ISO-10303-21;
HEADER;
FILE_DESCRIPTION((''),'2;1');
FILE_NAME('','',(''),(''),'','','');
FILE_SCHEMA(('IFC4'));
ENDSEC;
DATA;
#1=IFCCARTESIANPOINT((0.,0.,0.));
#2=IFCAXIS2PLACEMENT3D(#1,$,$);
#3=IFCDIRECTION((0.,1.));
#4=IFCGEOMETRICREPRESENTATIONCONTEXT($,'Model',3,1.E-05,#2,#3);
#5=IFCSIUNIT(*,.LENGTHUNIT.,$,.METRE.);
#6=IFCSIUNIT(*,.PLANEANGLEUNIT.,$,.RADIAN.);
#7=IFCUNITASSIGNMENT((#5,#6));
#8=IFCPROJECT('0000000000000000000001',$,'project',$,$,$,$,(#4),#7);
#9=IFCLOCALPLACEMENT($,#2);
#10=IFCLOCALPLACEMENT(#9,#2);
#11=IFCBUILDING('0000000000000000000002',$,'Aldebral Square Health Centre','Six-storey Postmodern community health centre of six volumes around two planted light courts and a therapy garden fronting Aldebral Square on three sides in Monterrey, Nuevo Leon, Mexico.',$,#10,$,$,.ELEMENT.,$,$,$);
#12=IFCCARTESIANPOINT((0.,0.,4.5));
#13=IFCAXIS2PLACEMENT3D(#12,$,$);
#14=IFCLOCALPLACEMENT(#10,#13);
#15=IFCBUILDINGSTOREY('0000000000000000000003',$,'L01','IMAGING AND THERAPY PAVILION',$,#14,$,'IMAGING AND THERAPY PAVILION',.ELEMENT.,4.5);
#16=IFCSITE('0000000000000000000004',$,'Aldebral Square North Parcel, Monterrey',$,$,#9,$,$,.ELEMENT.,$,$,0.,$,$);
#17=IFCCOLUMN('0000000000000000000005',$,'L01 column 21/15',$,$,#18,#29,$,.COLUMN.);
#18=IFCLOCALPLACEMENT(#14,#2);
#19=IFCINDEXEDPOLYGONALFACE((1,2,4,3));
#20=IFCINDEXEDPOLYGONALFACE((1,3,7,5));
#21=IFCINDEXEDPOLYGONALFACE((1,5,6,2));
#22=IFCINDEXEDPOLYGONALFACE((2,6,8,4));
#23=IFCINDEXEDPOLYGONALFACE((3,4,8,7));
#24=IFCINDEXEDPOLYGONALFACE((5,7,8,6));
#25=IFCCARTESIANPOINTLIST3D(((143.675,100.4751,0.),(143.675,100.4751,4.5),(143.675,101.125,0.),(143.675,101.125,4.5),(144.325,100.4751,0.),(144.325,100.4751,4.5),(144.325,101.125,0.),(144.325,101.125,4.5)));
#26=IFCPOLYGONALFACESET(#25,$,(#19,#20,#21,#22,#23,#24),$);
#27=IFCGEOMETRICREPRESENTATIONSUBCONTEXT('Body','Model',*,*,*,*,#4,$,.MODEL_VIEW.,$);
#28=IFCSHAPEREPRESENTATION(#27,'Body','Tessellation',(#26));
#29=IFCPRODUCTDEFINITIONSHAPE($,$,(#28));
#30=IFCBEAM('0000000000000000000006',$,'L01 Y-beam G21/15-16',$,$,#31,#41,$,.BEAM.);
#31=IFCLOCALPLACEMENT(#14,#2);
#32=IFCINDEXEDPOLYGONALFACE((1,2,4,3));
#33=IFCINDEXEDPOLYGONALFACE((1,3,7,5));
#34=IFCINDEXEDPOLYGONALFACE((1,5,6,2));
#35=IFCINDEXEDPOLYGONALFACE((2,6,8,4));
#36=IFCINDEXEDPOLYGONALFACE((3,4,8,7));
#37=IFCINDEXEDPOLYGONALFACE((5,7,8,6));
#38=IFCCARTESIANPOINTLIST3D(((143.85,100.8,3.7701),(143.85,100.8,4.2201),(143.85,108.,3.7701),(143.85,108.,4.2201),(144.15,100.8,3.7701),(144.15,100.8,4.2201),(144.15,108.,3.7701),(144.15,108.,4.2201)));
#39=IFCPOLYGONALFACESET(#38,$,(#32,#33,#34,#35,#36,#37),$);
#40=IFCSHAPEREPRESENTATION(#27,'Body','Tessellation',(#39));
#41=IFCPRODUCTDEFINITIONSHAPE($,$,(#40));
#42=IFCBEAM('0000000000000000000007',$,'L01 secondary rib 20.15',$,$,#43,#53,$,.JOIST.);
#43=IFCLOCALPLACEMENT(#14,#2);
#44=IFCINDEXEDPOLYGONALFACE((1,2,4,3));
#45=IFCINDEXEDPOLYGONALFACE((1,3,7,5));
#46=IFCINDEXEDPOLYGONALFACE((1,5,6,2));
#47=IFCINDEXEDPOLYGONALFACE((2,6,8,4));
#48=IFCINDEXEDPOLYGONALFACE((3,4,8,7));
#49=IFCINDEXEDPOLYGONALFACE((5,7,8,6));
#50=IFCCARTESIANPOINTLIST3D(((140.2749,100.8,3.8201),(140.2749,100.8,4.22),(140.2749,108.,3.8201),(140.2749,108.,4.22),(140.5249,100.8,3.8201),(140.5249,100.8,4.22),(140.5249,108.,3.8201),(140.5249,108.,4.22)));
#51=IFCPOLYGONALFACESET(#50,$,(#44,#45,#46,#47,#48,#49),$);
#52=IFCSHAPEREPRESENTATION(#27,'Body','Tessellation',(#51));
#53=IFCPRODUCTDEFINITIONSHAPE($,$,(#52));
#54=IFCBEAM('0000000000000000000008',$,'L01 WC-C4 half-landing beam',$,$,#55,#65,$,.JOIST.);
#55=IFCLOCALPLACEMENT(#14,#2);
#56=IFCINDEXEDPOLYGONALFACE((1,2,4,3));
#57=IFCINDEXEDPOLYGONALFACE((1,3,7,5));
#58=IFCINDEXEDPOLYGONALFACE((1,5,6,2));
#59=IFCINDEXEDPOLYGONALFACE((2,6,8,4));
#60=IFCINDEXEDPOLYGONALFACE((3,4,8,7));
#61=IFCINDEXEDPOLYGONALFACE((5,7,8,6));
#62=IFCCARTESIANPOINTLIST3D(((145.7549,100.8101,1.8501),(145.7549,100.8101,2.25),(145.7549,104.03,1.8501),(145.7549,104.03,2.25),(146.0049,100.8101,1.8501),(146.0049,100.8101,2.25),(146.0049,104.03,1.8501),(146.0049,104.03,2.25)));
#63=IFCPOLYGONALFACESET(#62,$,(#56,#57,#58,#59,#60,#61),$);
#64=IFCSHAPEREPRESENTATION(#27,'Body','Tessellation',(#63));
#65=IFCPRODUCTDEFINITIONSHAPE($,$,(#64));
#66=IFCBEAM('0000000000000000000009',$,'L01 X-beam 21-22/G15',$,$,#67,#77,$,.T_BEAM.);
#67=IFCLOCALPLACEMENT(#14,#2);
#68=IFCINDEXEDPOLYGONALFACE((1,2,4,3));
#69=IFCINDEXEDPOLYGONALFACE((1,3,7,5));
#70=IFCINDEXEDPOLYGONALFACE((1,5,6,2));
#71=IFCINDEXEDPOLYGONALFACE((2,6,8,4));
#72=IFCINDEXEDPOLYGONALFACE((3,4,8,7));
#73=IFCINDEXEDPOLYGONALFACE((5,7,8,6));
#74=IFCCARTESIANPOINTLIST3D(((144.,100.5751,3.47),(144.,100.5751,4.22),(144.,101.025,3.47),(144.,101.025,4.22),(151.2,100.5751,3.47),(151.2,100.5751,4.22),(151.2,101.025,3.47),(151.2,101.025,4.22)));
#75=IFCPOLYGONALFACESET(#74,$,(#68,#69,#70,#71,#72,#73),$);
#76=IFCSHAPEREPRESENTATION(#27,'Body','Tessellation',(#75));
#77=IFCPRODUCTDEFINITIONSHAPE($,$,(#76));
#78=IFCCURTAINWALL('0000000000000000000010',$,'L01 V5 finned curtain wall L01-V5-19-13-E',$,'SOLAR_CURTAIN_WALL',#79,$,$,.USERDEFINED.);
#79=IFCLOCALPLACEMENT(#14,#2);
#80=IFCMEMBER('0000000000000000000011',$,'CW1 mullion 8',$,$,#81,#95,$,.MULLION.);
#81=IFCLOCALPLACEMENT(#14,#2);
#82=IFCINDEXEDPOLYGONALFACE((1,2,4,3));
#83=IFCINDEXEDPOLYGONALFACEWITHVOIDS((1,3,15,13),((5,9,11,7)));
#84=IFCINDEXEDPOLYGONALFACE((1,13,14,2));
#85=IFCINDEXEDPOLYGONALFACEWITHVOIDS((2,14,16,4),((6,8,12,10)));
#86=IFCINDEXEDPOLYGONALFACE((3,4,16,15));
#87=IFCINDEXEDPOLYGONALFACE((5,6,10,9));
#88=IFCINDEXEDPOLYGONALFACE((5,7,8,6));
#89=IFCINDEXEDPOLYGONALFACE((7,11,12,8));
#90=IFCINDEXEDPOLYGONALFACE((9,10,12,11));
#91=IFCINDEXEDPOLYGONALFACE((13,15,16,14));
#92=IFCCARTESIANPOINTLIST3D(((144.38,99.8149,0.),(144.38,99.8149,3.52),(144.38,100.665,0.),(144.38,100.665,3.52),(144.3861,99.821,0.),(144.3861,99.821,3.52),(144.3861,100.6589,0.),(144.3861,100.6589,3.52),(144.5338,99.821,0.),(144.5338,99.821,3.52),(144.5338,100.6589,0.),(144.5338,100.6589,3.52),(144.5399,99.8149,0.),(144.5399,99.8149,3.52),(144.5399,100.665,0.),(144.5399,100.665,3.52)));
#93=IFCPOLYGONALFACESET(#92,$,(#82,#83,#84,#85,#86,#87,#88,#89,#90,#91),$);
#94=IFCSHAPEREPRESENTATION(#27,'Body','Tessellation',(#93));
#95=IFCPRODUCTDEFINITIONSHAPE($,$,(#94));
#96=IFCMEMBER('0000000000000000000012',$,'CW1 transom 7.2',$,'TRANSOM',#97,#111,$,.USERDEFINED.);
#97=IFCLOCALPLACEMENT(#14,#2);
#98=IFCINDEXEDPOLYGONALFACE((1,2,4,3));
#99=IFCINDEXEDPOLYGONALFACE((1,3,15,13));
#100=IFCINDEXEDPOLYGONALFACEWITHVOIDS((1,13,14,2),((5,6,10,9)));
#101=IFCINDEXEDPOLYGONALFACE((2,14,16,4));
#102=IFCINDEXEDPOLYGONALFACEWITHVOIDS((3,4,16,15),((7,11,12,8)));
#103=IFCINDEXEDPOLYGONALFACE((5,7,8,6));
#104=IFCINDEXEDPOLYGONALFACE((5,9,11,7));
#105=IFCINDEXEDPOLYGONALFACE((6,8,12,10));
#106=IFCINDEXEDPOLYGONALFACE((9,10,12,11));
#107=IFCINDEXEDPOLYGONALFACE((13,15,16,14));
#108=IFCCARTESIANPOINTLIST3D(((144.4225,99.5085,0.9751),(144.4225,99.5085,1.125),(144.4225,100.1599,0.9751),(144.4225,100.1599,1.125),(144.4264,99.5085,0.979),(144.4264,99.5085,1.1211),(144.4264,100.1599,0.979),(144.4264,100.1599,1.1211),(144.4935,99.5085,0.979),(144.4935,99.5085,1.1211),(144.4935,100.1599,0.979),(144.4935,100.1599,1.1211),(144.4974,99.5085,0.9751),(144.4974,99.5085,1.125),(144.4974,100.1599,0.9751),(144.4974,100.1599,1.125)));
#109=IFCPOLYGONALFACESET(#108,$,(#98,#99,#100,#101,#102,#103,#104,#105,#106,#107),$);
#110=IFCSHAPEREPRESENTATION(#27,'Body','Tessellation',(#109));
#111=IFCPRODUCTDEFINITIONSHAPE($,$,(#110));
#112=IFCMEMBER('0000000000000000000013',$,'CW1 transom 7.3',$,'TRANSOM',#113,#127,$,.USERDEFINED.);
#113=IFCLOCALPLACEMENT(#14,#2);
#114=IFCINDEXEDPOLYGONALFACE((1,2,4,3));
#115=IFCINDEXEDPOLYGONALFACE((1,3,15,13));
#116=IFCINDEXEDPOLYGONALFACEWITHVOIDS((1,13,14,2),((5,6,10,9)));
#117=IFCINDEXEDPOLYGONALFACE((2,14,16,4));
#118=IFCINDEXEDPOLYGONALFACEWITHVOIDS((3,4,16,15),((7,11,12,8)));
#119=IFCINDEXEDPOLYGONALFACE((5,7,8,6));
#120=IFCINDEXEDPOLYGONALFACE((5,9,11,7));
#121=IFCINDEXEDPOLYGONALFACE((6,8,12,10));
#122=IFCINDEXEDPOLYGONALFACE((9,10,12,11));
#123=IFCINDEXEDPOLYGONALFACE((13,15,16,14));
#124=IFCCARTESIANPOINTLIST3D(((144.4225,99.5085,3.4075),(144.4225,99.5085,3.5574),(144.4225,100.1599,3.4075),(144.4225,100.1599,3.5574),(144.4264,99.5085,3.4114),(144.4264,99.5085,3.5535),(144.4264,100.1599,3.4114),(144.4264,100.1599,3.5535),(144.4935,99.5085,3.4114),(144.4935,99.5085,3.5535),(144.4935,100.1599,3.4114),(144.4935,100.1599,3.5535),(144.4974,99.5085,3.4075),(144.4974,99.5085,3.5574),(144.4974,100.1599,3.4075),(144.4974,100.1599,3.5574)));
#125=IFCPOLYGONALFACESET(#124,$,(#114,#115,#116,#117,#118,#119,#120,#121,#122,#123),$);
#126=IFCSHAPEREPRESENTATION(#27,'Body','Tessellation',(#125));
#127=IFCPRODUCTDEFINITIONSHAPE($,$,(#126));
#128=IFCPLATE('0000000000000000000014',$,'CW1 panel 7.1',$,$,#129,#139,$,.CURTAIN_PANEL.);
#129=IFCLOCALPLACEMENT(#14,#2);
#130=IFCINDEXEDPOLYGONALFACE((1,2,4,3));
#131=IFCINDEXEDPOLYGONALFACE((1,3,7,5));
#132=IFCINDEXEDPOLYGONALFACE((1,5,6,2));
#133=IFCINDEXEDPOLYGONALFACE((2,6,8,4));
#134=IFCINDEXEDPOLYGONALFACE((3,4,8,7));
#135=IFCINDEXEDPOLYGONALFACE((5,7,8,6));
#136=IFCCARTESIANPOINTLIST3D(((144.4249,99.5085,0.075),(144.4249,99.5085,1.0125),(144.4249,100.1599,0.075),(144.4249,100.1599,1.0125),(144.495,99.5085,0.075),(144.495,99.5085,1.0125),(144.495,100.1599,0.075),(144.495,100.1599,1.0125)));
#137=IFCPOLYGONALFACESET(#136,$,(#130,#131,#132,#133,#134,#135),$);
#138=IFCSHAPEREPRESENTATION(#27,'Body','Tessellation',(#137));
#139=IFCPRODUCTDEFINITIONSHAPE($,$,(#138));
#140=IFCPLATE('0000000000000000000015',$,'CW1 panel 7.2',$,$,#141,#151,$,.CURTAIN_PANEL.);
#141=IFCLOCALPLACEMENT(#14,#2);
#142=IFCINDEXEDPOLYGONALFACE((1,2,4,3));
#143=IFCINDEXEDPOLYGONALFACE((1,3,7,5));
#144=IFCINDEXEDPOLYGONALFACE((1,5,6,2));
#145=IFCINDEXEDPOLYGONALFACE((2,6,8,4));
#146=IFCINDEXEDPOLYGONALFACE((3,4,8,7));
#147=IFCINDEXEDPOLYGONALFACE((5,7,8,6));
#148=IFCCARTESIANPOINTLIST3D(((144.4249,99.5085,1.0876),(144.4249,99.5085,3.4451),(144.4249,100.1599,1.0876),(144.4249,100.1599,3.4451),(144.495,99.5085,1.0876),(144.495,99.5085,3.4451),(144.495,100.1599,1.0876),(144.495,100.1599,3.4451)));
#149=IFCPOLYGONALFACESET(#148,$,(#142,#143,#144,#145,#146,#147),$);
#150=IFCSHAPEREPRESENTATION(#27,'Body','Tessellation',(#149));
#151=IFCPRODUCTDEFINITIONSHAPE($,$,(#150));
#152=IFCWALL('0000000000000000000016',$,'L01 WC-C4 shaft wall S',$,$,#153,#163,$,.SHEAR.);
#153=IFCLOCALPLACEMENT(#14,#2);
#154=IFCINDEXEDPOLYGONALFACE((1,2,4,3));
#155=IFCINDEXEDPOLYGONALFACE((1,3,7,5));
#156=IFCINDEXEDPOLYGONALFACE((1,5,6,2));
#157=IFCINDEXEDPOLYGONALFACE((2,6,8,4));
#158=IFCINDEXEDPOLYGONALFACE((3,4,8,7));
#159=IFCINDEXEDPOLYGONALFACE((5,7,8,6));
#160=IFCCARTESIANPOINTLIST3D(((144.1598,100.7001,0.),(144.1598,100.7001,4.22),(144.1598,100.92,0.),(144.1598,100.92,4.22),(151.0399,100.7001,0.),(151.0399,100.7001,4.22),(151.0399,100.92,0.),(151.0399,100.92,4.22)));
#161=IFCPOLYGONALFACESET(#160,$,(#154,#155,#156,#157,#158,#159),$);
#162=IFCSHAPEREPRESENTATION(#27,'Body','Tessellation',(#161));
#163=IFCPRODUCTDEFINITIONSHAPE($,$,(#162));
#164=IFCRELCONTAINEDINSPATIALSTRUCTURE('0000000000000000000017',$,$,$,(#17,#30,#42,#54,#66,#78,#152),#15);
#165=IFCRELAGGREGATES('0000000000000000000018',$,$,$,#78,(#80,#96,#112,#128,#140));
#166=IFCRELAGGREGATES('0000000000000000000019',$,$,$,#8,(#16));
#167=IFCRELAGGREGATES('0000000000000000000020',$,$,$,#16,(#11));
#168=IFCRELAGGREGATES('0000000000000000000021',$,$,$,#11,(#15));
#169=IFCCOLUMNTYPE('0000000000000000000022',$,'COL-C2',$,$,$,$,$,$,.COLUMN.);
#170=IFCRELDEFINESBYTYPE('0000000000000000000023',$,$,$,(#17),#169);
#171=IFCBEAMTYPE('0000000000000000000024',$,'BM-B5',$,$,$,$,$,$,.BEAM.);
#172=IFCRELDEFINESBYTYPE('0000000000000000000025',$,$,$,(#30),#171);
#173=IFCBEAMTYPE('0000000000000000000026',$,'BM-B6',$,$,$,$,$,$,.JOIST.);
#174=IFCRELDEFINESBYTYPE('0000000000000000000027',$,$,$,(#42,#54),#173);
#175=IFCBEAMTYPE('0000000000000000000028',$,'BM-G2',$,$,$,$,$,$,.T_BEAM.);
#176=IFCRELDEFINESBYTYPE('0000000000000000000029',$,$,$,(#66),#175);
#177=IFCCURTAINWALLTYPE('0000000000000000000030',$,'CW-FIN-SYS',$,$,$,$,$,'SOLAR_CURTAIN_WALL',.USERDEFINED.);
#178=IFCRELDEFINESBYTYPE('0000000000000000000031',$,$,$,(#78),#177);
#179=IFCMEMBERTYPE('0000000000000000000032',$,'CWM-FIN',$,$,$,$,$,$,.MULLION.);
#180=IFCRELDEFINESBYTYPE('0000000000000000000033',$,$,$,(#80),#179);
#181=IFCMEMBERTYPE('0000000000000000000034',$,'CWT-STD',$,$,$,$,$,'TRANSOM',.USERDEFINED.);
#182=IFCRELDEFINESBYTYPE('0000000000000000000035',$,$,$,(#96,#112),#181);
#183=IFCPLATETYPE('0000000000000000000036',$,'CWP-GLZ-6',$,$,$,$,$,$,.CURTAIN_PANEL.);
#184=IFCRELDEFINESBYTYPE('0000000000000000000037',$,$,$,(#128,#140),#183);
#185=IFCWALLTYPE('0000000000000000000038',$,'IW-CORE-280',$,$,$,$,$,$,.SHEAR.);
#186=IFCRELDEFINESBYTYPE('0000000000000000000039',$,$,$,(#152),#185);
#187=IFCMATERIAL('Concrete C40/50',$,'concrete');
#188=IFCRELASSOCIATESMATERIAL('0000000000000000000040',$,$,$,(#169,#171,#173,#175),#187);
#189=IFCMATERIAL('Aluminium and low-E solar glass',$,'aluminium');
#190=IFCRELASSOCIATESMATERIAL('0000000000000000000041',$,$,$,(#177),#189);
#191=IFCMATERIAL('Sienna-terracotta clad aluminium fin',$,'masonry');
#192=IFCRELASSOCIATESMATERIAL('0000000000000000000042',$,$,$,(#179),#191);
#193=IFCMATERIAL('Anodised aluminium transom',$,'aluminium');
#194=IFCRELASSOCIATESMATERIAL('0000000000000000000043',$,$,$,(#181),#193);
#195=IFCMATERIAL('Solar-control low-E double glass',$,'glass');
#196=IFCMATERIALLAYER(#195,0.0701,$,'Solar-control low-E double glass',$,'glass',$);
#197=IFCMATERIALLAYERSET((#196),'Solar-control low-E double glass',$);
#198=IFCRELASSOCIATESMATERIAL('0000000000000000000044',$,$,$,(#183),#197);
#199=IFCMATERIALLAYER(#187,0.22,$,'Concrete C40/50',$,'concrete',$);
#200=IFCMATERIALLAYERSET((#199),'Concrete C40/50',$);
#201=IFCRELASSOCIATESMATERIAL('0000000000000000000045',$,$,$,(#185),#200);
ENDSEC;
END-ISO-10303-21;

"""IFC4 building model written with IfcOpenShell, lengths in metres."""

from ifc_helpers import new_model, si_unit, direction, frame, frame_2d, origin, origin_2d, place, context, subcontext, project, spatial, rectangle, hollow_rectangle, extrude, material, layer, layer_set, material_profile, profile_set, type_object, element, aggregate, save


model = new_model("IFC4")

# Units and contexts
model_context = context("Model", 3, precision=1e-05, world=origin(), true_north=direction((0.0, 1.0)))
body_context = subcontext(model_context, "Body", "Model", "MODEL_VIEW")
ifc_project = project(units=[si_unit("LENGTHUNIT", "METRE"), si_unit("PLANEANGLEUNIT", "RADIAN")], contexts=[model_context])

# Site, building, storey
site_placement = place(None, origin())
site = spatial("IfcSite", under=ifc_project, at=site_placement, Name="Aldebral Square North Parcel, Monterrey", CompositionType="ELEMENT", RefElevation=0.0)
building_placement = place(site_placement, origin())
building = spatial("IfcBuilding", under=site, at=building_placement, Name="Aldebral Square Health Centre", Description="Six-storey Postmodern community health centre of six volumes around two planted light courts and a therapy garden fronting Aldebral Square on three sides in Monterrey, Nuevo Leon, Mexico.", CompositionType="ELEMENT")
storey_placement = place(building_placement, frame((0.0, 0.0, 4.5)))
storey = spatial("IfcBuildingStorey", under=building, at=storey_placement, Name="L01", Description="IMAGING AND THERAPY PAVILION", LongName="IMAGING AND THERAPY PAVILION", CompositionType="ELEMENT", Elevation=4.5)

# Column
ifc_material_1 = material(Name="Concrete C40/50", Category="concrete")
ifc_material_profile_1 = material_profile(ifc_material_1, rectangle(XDim=0.6499, YDim=0.6499, at=origin_2d()), Name="RC 650x650")
ifc_profile_set_1 = profile_set([ifc_material_profile_1], Name="Concrete C40/50")
column_type = type_object("IfcColumnType", Name="COL-C2", PredefinedType="COLUMN", material=ifc_profile_set_1)
column_placement = place(storey_placement, frame((144.0, 100.8, 0.0), z_axis=(0.0, 0.0, 1.0), x_axis=(1.0, 0.0, 0.0)))
element("IfcColumn", 1, at=column_placement, inside=storey, type_object=column_type, Name="L01 column 21/15", PredefinedType="COLUMN", context=body_context, shape_type="SweptSolid", body=[
    extrude(rectangle(XDim=0.6499, YDim=0.6499, at=origin_2d()), origin(), (0.0, 0.0, 1.0), 4.5),
])

# Beams
ifc_material_profile_2 = material_profile(ifc_material_1, rectangle(XDim=0.3, YDim=0.45, at=origin_2d()), Name="RC 300x450")
ifc_profile_set_2 = profile_set([ifc_material_profile_2], Name="Concrete C40/50")
beam_type_1 = type_object("IfcBeamType", Name="BM-B5", PredefinedType="BEAM", material=ifc_profile_set_2)
beam_1_placement = place(storey_placement, frame((144.0, 100.8, 3.9951), z_axis=(0.0, 1.0, 0.0), x_axis=(-1.0, 0.0, 0.0)))
element("IfcBeam", 2, at=beam_1_placement, inside=storey, type_object=beam_type_1, Name="L01 Y-beam G21/15-16", PredefinedType="BEAM", context=body_context, shape_type="SweptSolid", body=[
    extrude(rectangle(XDim=0.3, YDim=0.45, at=origin_2d()), origin(), (0.0, 0.0, 1.0), 7.2),
])
ifc_material_profile_3 = material_profile(ifc_material_1, rectangle(XDim=0.25, YDim=0.3999, at=origin_2d()), Name="RC 250x400")
ifc_profile_set_3 = profile_set([ifc_material_profile_3], Name="Concrete C40/50")
beam_type_2 = type_object("IfcBeamType", Name="BM-B6", PredefinedType="JOIST", material=ifc_profile_set_3)
beam_2_placement = place(storey_placement, frame((140.3999, 100.8, 4.02), z_axis=(0.0, 1.0, 0.0), x_axis=(-1.0, 0.0, 0.0)))
element("IfcBeam", 3, at=beam_2_placement, inside=storey, type_object=beam_type_2, Name="L01 secondary rib 20.15", PredefinedType="JOIST", context=body_context, shape_type="SweptSolid", body=[
    extrude(rectangle(XDim=0.25, YDim=0.3999, at=origin_2d()), origin(), (0.0, 0.0, 1.0), 7.2),
])
beam_3_placement = place(storey_placement, frame((145.8799, 100.8101, 2.05), z_axis=(0.0, 1.0, 0.0), x_axis=(-1.0, 0.0, 0.0)))
element("IfcBeam", 4, at=beam_3_placement, inside=storey, type_object=beam_type_2, Name="L01 WC-C4 half-landing beam", PredefinedType="JOIST", context=body_context, shape_type="SweptSolid", body=[
    extrude(rectangle(XDim=0.25, YDim=0.3999, at=origin_2d()), origin(), (0.0, 0.0, 1.0), 3.22),
])
ifc_material_profile_4 = material_profile(ifc_material_1, rectangle(XDim=0.45, YDim=0.75, at=origin_2d()), Name="RC 450x750")
ifc_profile_set_4 = profile_set([ifc_material_profile_4], Name="Concrete C40/50")
beam_type_3 = type_object("IfcBeamType", Name="BM-G2", PredefinedType="T_BEAM", material=ifc_profile_set_4)
beam_4_placement = place(storey_placement, frame((144.0, 100.8, 3.845), z_axis=(1.0, 0.0, 0.0), x_axis=(0.0, 1.0, 0.0)))
element("IfcBeam", 5, at=beam_4_placement, inside=storey, type_object=beam_type_3, Name="L01 X-beam 21-22/G15", PredefinedType="T_BEAM", context=body_context, shape_type="SweptSolid", body=[
    extrude(rectangle(XDim=0.45, YDim=0.75, at=origin_2d()), origin(), (0.0, 0.0, 1.0), 7.2),
])

# Curtain wall, members, plates
ifc_material_2 = material(Name="Aluminium and low-E solar glass", Category="aluminium")
curtain_wall_type = type_object("IfcCurtainWallType", Name="CW-FIN-SYS", ElementType="SOLAR_CURTAIN_WALL", PredefinedType="USERDEFINED", material=ifc_material_2)
curtain_wall_placement = place(storey_placement, origin())
curtain_wall = element("IfcCurtainWall", 6, at=curtain_wall_placement, inside=storey, type_object=curtain_wall_type, Name="L01 V5 finned curtain wall L01-V5-19-13-E", ObjectType="SOLAR_CURTAIN_WALL", PredefinedType="USERDEFINED")
ifc_material_3 = material(Name="Sienna-terracotta clad aluminium fin", Category="masonry")
ifc_material_profile_5 = material_profile(ifc_material_3, hollow_rectangle(XDim=0.1599, YDim=0.8501, WallThickness=0.0061, at=origin_2d()), Name="FIN 160x850x6")
ifc_profile_set_5 = profile_set([ifc_material_profile_5], Name="Sienna-terracotta clad aluminium fin")
member_type_1 = type_object("IfcMemberType", Name="CWM-FIN", PredefinedType="MULLION", material=ifc_profile_set_5)
member_1_placement = place(storey_placement, frame((144.46, 100.24, 0.0), z_axis=(0.0, 0.0, 1.0), x_axis=(-1.0, 0.0, 0.0)))
member_1 = element("IfcMember", 7, at=member_1_placement, type_object=member_type_1, Name="CW1 mullion 8", PredefinedType="MULLION", context=body_context, shape_type="SweptSolid", body=[
    extrude(hollow_rectangle(XDim=0.1599, YDim=0.8501, WallThickness=0.0061, at=origin_2d()), origin(), (0.0, 0.0, 1.0), 3.52),
])
ifc_material_4 = material(Name="Anodised aluminium transom", Category="aluminium")
ifc_material_profile_6 = material_profile(ifc_material_4, hollow_rectangle(XDim=0.075, YDim=0.1499, WallThickness=0.0039, at=origin_2d()), Name="CWT 75x150x4")
ifc_profile_set_6 = profile_set([ifc_material_profile_6], Name="Anodised aluminium transom")
member_type_2 = type_object("IfcMemberType", Name="CWT-STD", ElementType="TRANSOM", PredefinedType="USERDEFINED", material=ifc_profile_set_6)
member_2_placement = place(storey_placement, frame((144.46, 99.5085, 1.05), z_axis=(0.0, 1.0, 0.0), x_axis=(-1.0, 0.0, 0.0)))
member_2 = element("IfcMember", 8, at=member_2_placement, type_object=member_type_2, Name="CW1 transom 7.2", ObjectType="TRANSOM", PredefinedType="USERDEFINED", context=body_context, shape_type="SweptSolid", body=[
    extrude(hollow_rectangle(XDim=0.075, YDim=0.1499, WallThickness=0.0039, at=origin_2d()), origin(), (0.0, 0.0, 1.0), 0.6514),
])
member_3_placement = place(storey_placement, frame((144.46, 99.5085, 3.4824), z_axis=(0.0, 1.0, 0.0), x_axis=(-1.0, 0.0, 0.0)))
member_3 = element("IfcMember", 9, at=member_3_placement, type_object=member_type_2, Name="CW1 transom 7.3", ObjectType="TRANSOM", PredefinedType="USERDEFINED", context=body_context, shape_type="SweptSolid", body=[
    extrude(hollow_rectangle(XDim=0.075, YDim=0.1499, WallThickness=0.0039, at=origin_2d()), origin(), (0.0, 0.0, 1.0), 0.6514),
])
ifc_material_5 = material(Name="Solar-control low-E double glass", Category="glass")
ifc_layer_1 = layer(ifc_material_5, 0.0701, Name="Solar-control low-E double glass", Category="glass")
ifc_layer_set_1 = layer_set([ifc_layer_1], Name="Solar-control low-E double glass")
plate_type = type_object("IfcPlateType", Name="CWP-GLZ-6", PredefinedType="CURTAIN_PANEL", material=ifc_layer_set_1)
plate_1_placement = place(storey_placement, frame((144.46, 99.8342, 0.075), z_axis=(0.0, 0.0, 1.0), x_axis=(0.0, 1.0, 0.0)))
plate_1 = element("IfcPlate", 10, at=plate_1_placement, type_object=plate_type, Name="CW1 panel 7.1", PredefinedType="CURTAIN_PANEL", context=body_context, shape_type="SweptSolid", body=[
    extrude(rectangle(XDim=0.6514, YDim=0.0701, at=origin_2d()), origin(), (0.0, 0.0, 1.0), 0.9375),
])
plate_2_placement = place(storey_placement, frame((144.46, 99.8342, 1.0876), z_axis=(0.0, 0.0, 1.0), x_axis=(0.0, 1.0, 0.0)))
plate_2 = element("IfcPlate", 11, at=plate_2_placement, type_object=plate_type, Name="CW1 panel 7.2", PredefinedType="CURTAIN_PANEL", context=body_context, shape_type="SweptSolid", body=[
    extrude(rectangle(XDim=0.6514, YDim=0.0701, at=origin_2d()), origin(), (0.0, 0.0, 1.0), 2.3574),
])
aggregate(curtain_wall, [member_1, member_2, member_3, plate_1, plate_2])

# Wall
ifc_layer_2 = layer(ifc_material_1, 0.22, Name="Concrete C40/50", Category="concrete")
ifc_layer_set_2 = layer_set([ifc_layer_2], Name="Concrete C40/50")
wall_type_1 = type_object("IfcWallType", Name="IW-CORE-280", PredefinedType="SHEAR", material=ifc_layer_set_2)
wall_1_placement = place(storey_placement, frame((144.1599, 100.8101, 0.0), z_axis=(0.0, 0.0, 1.0), x_axis=(1.0, 0.0, 0.0)))
element("IfcWall", 12, at=wall_1_placement, inside=storey, type_object=wall_type_1, Name="L01 WC-C4 shaft wall S", PredefinedType="SHEAR", context=body_context, shape_type="SweptSolid", body=[
    extrude(rectangle(XDim=6.8801, YDim=0.22, at=frame_2d((3.4399, 0.0))), origin(), (0.0, 0.0, 1.0), 4.22),
])

save(model, "model.ifc")
